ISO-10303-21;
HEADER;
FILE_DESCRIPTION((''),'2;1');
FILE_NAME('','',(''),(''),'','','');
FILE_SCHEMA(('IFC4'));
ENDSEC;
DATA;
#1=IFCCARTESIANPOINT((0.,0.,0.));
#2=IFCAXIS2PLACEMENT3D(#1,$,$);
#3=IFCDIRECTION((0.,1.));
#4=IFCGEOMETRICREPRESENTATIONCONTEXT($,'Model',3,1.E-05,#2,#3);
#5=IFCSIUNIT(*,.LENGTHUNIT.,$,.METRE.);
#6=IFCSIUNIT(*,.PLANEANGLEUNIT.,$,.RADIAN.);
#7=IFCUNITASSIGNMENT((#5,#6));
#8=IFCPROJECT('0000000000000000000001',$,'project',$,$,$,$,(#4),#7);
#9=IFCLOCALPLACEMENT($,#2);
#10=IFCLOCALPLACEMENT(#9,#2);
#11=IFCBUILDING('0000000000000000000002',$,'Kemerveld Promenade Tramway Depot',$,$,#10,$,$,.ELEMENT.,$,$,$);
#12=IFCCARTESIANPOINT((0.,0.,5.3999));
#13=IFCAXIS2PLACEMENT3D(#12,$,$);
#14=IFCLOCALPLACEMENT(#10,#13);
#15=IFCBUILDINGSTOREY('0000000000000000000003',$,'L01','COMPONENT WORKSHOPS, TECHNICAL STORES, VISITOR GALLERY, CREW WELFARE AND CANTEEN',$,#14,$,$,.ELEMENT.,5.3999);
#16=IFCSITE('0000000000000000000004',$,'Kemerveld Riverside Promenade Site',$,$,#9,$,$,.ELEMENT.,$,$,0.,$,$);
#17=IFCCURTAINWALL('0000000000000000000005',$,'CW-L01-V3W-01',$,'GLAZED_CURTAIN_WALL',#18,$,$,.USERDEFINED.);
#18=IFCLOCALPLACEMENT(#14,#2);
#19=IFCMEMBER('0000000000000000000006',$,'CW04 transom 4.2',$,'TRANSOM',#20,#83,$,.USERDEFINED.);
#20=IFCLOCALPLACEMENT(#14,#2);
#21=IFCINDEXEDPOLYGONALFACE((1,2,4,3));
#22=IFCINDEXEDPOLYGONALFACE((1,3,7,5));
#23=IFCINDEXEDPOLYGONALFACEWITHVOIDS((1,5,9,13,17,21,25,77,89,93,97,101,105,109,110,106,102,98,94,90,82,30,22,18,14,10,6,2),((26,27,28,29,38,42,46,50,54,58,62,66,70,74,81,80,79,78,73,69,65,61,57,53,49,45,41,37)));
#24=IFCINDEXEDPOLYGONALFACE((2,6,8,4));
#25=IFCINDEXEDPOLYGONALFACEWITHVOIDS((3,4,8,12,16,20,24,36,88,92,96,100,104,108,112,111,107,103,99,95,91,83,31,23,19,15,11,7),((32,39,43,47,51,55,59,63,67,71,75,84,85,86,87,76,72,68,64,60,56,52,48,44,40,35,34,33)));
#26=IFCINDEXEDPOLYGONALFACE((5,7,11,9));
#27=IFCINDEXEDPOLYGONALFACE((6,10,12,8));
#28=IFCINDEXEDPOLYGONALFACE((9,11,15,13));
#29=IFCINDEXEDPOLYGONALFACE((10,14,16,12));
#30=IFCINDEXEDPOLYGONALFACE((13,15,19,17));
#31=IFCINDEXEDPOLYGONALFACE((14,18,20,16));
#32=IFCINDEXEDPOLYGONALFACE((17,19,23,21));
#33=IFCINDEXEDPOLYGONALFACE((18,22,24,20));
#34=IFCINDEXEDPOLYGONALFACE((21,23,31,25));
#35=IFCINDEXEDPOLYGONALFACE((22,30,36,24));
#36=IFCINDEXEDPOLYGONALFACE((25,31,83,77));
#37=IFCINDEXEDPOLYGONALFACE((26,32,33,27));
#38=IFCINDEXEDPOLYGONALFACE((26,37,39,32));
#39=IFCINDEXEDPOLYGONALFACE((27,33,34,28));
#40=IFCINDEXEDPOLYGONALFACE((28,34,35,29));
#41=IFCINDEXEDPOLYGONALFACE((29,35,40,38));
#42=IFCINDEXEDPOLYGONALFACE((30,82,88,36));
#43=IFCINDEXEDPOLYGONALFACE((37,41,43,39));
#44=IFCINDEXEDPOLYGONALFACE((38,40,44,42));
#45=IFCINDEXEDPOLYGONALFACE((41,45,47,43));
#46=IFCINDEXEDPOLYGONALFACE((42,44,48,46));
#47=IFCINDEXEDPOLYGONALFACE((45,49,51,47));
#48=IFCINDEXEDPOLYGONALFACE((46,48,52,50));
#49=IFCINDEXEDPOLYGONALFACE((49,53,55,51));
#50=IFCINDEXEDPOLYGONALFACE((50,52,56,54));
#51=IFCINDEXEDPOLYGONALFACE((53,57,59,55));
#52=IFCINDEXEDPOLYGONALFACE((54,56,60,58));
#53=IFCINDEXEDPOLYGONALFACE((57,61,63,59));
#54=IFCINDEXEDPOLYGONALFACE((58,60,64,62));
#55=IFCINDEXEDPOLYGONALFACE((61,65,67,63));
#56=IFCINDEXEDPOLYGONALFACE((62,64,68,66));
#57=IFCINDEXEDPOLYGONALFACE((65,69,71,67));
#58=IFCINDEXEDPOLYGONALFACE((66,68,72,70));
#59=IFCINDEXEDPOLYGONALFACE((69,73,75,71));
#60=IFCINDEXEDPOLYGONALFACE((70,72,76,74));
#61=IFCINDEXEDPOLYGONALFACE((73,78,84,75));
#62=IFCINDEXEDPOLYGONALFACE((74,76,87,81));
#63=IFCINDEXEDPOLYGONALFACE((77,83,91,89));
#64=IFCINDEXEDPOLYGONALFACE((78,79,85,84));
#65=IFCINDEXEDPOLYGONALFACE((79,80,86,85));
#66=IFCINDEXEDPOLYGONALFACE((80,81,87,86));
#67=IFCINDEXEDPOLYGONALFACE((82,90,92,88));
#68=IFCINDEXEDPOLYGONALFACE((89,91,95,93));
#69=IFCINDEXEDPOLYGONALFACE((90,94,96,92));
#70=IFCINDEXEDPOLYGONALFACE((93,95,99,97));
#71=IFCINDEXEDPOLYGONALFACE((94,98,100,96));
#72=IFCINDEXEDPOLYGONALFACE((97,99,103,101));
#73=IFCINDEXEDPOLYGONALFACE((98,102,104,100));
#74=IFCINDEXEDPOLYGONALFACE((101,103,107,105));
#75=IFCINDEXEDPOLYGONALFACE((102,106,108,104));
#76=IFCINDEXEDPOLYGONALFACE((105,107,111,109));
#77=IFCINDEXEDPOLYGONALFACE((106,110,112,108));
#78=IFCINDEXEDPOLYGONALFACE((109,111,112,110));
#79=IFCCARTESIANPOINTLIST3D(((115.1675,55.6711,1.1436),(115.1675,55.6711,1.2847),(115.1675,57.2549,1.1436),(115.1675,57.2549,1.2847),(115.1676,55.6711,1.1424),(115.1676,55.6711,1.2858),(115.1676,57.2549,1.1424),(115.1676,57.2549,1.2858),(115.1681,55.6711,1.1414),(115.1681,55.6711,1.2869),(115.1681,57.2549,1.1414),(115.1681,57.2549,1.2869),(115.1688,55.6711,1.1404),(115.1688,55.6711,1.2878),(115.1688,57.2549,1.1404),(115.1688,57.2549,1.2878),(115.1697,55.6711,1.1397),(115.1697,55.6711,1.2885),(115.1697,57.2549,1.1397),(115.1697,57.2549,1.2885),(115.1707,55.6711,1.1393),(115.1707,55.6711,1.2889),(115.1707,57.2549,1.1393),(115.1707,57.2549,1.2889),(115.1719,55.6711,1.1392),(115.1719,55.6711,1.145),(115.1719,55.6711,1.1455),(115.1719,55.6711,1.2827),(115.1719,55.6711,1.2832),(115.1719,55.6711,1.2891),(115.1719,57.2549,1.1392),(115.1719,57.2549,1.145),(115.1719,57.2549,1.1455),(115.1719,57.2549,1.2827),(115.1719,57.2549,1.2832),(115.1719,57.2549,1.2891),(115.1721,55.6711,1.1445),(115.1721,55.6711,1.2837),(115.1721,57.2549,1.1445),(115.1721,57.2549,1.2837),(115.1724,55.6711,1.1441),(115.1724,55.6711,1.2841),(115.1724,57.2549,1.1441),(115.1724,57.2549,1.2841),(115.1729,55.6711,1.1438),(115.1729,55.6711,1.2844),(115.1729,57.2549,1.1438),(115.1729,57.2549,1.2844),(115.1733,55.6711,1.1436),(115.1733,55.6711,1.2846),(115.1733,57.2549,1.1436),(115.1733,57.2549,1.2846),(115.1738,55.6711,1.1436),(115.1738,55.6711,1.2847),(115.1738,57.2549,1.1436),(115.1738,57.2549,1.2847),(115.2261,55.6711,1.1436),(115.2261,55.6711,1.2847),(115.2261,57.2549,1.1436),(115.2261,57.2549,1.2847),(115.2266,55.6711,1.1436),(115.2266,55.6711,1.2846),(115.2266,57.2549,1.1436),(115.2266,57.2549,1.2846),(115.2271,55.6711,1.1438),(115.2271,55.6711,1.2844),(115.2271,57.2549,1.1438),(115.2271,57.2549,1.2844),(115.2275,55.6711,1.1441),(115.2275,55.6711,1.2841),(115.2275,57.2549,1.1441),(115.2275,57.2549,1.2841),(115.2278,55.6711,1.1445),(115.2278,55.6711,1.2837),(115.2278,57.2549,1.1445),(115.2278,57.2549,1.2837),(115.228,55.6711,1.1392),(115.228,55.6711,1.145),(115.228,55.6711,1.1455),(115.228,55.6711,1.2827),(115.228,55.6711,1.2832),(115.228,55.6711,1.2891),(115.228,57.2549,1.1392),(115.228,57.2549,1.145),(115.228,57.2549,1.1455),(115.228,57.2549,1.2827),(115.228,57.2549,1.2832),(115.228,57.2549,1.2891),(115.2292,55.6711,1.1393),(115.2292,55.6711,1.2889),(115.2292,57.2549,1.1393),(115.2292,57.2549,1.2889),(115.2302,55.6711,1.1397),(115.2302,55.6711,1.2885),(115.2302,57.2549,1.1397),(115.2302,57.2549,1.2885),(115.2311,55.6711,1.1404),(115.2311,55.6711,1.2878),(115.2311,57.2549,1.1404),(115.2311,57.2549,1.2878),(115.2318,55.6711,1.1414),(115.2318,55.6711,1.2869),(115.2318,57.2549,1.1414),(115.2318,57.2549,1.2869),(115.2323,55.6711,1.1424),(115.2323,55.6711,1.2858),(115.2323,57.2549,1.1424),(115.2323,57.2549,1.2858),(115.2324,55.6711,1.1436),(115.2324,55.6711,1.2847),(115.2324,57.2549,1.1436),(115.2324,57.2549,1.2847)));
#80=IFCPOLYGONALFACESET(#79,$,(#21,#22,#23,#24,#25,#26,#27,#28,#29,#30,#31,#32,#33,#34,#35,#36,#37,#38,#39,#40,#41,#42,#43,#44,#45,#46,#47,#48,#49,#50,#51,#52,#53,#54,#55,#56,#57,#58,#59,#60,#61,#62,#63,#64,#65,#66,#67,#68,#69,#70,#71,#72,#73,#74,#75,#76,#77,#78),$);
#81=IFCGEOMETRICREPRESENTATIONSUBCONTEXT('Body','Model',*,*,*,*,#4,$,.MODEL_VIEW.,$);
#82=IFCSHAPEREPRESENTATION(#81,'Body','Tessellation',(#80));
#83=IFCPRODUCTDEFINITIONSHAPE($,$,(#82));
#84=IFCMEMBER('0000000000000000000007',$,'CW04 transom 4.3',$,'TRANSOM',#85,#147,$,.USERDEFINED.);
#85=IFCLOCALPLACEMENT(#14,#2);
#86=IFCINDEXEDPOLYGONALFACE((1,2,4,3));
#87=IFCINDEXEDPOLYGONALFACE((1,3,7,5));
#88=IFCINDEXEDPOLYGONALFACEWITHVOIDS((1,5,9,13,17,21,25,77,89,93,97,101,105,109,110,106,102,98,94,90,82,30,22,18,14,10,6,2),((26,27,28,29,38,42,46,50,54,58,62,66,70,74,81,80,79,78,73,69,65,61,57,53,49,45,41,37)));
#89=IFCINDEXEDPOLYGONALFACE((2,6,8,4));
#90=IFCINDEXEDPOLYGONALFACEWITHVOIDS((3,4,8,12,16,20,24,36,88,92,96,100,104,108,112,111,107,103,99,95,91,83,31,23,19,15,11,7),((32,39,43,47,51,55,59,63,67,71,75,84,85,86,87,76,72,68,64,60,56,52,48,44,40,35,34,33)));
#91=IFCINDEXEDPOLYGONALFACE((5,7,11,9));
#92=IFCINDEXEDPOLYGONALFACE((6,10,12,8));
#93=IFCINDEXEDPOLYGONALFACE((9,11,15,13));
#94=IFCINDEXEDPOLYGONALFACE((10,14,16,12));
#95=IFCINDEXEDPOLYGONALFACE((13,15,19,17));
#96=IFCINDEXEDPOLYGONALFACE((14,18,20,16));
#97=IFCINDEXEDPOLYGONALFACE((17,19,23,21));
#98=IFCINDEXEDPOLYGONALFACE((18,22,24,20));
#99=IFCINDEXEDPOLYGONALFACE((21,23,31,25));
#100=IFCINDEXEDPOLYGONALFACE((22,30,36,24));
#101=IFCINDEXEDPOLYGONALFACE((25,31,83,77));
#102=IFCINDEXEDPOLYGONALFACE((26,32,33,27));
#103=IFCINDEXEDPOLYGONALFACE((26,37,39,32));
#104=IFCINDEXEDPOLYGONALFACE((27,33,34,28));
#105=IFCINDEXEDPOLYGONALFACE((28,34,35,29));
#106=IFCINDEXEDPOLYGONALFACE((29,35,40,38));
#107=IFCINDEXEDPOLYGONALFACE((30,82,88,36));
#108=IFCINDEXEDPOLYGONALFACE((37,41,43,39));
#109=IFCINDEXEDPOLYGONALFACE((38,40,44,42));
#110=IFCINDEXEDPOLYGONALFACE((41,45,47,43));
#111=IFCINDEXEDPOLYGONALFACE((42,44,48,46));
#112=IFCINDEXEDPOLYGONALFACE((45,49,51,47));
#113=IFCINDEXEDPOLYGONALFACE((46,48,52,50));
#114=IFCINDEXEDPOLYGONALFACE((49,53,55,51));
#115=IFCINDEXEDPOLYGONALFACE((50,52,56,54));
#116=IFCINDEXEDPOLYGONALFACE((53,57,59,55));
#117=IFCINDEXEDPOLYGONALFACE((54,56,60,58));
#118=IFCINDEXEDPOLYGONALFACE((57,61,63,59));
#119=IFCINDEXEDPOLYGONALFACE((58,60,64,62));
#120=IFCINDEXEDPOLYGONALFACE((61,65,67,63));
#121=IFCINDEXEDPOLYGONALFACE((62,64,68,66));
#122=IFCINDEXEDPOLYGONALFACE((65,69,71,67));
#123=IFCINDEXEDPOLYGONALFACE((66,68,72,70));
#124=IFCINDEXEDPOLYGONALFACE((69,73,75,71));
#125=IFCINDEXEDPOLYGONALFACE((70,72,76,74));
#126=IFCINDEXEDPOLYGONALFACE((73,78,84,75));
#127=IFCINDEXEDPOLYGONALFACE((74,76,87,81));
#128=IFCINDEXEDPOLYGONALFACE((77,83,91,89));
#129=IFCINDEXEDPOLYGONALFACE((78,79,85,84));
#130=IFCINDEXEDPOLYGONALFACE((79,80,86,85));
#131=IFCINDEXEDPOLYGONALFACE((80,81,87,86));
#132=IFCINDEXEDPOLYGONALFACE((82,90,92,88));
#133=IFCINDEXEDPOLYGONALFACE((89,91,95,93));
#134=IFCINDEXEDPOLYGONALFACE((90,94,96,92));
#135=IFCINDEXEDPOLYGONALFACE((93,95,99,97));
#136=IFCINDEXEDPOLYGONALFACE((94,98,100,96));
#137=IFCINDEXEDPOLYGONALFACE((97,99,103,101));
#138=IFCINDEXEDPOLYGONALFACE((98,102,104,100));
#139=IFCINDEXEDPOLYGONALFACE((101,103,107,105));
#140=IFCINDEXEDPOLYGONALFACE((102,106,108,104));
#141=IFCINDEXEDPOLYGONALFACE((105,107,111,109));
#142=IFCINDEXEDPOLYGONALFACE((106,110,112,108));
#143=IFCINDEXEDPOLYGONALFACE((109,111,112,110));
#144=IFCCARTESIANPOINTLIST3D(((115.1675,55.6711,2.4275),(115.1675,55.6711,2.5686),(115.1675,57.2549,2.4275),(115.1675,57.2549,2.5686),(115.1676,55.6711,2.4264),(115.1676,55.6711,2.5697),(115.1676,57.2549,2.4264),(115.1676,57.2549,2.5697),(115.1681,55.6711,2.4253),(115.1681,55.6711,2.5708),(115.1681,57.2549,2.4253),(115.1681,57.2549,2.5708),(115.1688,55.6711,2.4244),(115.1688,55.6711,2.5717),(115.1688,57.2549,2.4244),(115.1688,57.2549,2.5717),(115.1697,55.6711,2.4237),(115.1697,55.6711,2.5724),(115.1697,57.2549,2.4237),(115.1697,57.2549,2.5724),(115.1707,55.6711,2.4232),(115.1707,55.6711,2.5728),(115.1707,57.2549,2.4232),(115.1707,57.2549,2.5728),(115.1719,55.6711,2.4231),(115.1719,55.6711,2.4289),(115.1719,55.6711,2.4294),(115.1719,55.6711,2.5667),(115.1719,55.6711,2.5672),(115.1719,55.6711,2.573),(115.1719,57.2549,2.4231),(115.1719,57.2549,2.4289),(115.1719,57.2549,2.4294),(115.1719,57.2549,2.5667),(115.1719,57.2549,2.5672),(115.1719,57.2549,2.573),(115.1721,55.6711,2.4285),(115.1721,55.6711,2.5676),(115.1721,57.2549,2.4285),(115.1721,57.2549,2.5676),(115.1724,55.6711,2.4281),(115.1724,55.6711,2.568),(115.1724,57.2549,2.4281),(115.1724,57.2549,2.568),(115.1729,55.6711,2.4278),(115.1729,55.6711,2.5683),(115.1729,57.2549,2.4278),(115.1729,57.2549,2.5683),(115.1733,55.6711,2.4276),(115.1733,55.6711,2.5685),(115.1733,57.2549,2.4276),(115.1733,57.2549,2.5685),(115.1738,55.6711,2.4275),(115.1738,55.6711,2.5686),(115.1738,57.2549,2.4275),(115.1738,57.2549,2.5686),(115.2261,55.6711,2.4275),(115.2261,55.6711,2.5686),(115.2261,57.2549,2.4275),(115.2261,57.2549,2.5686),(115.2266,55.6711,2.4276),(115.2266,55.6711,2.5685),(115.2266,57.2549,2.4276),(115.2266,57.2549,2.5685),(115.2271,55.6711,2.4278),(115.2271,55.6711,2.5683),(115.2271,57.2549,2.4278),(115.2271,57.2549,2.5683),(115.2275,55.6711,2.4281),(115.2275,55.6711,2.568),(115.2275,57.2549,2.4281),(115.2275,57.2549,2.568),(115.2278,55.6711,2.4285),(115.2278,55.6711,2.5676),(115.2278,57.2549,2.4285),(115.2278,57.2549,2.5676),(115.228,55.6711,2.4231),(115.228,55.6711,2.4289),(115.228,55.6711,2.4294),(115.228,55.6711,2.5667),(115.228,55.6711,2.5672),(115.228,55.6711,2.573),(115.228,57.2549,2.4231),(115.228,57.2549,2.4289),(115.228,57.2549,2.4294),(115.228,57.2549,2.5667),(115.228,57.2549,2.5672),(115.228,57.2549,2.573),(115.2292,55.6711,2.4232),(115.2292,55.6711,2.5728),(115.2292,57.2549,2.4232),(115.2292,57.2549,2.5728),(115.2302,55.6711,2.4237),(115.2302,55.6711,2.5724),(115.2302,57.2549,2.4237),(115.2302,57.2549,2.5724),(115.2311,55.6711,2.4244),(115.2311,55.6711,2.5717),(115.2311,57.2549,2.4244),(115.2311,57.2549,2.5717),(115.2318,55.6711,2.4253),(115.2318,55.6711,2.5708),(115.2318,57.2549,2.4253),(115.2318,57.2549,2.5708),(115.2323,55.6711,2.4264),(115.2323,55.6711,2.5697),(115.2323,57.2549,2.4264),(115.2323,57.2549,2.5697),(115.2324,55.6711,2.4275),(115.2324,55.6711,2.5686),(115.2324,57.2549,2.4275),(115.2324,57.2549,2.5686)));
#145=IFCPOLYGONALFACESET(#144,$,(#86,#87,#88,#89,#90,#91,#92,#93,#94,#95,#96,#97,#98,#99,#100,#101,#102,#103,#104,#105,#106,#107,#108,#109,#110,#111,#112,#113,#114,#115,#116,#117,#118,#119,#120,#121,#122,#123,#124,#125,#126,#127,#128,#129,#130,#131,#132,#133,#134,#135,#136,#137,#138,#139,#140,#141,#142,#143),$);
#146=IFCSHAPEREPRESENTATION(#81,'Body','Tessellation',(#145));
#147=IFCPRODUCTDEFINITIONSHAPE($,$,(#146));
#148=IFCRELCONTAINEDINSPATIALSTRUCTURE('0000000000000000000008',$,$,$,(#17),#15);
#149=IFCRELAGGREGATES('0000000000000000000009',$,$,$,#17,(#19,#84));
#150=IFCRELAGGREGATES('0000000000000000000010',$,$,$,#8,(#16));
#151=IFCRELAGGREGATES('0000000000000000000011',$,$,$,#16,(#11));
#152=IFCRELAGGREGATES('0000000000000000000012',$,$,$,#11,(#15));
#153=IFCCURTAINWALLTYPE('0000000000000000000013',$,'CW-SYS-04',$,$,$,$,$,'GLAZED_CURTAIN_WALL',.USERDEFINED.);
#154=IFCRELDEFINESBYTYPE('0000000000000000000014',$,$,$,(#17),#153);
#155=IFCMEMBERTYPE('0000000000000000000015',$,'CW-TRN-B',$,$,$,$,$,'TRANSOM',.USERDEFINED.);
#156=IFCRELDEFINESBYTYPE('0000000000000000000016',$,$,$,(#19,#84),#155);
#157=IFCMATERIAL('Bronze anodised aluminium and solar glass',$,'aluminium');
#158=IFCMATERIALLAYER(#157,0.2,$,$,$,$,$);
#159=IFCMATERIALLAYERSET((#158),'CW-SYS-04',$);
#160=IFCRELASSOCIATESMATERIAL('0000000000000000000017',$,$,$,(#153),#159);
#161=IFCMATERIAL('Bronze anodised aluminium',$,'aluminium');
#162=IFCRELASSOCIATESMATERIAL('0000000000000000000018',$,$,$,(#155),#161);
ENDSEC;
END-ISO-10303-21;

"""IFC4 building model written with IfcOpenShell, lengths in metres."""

from ifc_helpers import new_model, si_unit, direction, frame, origin, origin_2d, place, context, subcontext, project, spatial, hollow_rectangle, extrude, material, layer, layer_set, material_profile, profile_set, type_object, element, aggregate, save


model = new_model("IFC4")

# Units and contexts
model_context = context("Model", 3, precision=1e-05, world=origin(), true_north=direction((0.0, 1.0)))
body_context = subcontext(model_context, "Body", "Model", "MODEL_VIEW")
ifc_project = project(units=[si_unit("LENGTHUNIT", "METRE"), si_unit("PLANEANGLEUNIT", "RADIAN")], contexts=[model_context])

# Site, building, storey
site_placement = place(None, origin())
site = spatial("IfcSite", under=ifc_project, at=site_placement, Name="Kemerveld Riverside Promenade Site", CompositionType="ELEMENT", RefElevation=0.0)
building_placement = place(site_placement, origin())
building = spatial("IfcBuilding", under=site, at=building_placement, Name="Kemerveld Promenade Tramway Depot", CompositionType="ELEMENT")
storey_placement = place(building_placement, frame((0.0, 0.0, 5.3999)))
storey = spatial("IfcBuildingStorey", under=building, at=storey_placement, Name="L01", Description="COMPONENT WORKSHOPS, TECHNICAL STORES, VISITOR GALLERY, CREW WELFARE AND CANTEEN", CompositionType="ELEMENT", Elevation=5.3999)

# Curtain wall, members
ifc_material_1 = material(Name="Bronze anodised aluminium and solar glass", Category="aluminium")
ifc_layer_1 = layer(ifc_material_1, 0.2)
ifc_layer_set_1 = layer_set([ifc_layer_1], Name="CW-SYS-04")
curtain_wall_type = type_object("IfcCurtainWallType", Name="CW-SYS-04", ElementType="GLAZED_CURTAIN_WALL", PredefinedType="USERDEFINED", material=ifc_layer_set_1)
curtain_wall_placement = place(storey_placement, origin())
curtain_wall = element("IfcCurtainWall", 1, at=curtain_wall_placement, inside=storey, type_object=curtain_wall_type, Name="CW-L01-V3W-01", ObjectType="GLAZED_CURTAIN_WALL", PredefinedType="USERDEFINED")
ifc_material_2 = material(Name="Bronze anodised aluminium", Category="aluminium")
ifc_material_profile_1 = material_profile(ifc_material_2, hollow_rectangle(XDim=0.0649, YDim=0.1499, WallThickness=0.0044, InnerFilletRadius=0.002, OuterFilletRadius=0.0044, at=origin_2d()), Name="CW-TRN-150x65")
ifc_profile_set_1 = profile_set([ifc_material_profile_1], Name="Bronze anodised aluminium")
member_type_1 = type_object("IfcMemberType", Name="CW-TRN-B", ElementType="TRANSOM", PredefinedType="USERDEFINED", material=ifc_profile_set_1)
member_1_placement = place(storey_placement, frame((115.2, 55.6711, 1.2141), z_axis=(0.0, 1.0, 0.0), x_axis=(-1.0, 0.0, 0.0)))
member_1 = element("IfcMember", 2, at=member_1_placement, type_object=member_type_1, Name="CW04 transom 4.2", ObjectType="TRANSOM", PredefinedType="USERDEFINED", context=body_context, shape_type="SweptSolid", body=[
    extrude(hollow_rectangle(XDim=0.0649, YDim=0.1499, WallThickness=0.0044, InnerFilletRadius=0.002, OuterFilletRadius=0.0044, at=origin_2d()), origin(), (0.0, 0.0, 1.0), 1.5837),
])
member_2_placement = place(storey_placement, frame((115.2, 55.6711, 2.498), z_axis=(0.0, 1.0, 0.0), x_axis=(-1.0, 0.0, 0.0)))
member_2 = element("IfcMember", 3, at=member_2_placement, type_object=member_type_1, Name="CW04 transom 4.3", ObjectType="TRANSOM", PredefinedType="USERDEFINED", context=body_context, shape_type="SweptSolid", body=[
    extrude(hollow_rectangle(XDim=0.0649, YDim=0.1499, WallThickness=0.0044, InnerFilletRadius=0.002, OuterFilletRadius=0.0044, at=origin_2d()), origin(), (0.0, 0.0, 1.0), 1.5837),
])
aggregate(curtain_wall, [member_1, member_2])

save(model, "model.ifc")
